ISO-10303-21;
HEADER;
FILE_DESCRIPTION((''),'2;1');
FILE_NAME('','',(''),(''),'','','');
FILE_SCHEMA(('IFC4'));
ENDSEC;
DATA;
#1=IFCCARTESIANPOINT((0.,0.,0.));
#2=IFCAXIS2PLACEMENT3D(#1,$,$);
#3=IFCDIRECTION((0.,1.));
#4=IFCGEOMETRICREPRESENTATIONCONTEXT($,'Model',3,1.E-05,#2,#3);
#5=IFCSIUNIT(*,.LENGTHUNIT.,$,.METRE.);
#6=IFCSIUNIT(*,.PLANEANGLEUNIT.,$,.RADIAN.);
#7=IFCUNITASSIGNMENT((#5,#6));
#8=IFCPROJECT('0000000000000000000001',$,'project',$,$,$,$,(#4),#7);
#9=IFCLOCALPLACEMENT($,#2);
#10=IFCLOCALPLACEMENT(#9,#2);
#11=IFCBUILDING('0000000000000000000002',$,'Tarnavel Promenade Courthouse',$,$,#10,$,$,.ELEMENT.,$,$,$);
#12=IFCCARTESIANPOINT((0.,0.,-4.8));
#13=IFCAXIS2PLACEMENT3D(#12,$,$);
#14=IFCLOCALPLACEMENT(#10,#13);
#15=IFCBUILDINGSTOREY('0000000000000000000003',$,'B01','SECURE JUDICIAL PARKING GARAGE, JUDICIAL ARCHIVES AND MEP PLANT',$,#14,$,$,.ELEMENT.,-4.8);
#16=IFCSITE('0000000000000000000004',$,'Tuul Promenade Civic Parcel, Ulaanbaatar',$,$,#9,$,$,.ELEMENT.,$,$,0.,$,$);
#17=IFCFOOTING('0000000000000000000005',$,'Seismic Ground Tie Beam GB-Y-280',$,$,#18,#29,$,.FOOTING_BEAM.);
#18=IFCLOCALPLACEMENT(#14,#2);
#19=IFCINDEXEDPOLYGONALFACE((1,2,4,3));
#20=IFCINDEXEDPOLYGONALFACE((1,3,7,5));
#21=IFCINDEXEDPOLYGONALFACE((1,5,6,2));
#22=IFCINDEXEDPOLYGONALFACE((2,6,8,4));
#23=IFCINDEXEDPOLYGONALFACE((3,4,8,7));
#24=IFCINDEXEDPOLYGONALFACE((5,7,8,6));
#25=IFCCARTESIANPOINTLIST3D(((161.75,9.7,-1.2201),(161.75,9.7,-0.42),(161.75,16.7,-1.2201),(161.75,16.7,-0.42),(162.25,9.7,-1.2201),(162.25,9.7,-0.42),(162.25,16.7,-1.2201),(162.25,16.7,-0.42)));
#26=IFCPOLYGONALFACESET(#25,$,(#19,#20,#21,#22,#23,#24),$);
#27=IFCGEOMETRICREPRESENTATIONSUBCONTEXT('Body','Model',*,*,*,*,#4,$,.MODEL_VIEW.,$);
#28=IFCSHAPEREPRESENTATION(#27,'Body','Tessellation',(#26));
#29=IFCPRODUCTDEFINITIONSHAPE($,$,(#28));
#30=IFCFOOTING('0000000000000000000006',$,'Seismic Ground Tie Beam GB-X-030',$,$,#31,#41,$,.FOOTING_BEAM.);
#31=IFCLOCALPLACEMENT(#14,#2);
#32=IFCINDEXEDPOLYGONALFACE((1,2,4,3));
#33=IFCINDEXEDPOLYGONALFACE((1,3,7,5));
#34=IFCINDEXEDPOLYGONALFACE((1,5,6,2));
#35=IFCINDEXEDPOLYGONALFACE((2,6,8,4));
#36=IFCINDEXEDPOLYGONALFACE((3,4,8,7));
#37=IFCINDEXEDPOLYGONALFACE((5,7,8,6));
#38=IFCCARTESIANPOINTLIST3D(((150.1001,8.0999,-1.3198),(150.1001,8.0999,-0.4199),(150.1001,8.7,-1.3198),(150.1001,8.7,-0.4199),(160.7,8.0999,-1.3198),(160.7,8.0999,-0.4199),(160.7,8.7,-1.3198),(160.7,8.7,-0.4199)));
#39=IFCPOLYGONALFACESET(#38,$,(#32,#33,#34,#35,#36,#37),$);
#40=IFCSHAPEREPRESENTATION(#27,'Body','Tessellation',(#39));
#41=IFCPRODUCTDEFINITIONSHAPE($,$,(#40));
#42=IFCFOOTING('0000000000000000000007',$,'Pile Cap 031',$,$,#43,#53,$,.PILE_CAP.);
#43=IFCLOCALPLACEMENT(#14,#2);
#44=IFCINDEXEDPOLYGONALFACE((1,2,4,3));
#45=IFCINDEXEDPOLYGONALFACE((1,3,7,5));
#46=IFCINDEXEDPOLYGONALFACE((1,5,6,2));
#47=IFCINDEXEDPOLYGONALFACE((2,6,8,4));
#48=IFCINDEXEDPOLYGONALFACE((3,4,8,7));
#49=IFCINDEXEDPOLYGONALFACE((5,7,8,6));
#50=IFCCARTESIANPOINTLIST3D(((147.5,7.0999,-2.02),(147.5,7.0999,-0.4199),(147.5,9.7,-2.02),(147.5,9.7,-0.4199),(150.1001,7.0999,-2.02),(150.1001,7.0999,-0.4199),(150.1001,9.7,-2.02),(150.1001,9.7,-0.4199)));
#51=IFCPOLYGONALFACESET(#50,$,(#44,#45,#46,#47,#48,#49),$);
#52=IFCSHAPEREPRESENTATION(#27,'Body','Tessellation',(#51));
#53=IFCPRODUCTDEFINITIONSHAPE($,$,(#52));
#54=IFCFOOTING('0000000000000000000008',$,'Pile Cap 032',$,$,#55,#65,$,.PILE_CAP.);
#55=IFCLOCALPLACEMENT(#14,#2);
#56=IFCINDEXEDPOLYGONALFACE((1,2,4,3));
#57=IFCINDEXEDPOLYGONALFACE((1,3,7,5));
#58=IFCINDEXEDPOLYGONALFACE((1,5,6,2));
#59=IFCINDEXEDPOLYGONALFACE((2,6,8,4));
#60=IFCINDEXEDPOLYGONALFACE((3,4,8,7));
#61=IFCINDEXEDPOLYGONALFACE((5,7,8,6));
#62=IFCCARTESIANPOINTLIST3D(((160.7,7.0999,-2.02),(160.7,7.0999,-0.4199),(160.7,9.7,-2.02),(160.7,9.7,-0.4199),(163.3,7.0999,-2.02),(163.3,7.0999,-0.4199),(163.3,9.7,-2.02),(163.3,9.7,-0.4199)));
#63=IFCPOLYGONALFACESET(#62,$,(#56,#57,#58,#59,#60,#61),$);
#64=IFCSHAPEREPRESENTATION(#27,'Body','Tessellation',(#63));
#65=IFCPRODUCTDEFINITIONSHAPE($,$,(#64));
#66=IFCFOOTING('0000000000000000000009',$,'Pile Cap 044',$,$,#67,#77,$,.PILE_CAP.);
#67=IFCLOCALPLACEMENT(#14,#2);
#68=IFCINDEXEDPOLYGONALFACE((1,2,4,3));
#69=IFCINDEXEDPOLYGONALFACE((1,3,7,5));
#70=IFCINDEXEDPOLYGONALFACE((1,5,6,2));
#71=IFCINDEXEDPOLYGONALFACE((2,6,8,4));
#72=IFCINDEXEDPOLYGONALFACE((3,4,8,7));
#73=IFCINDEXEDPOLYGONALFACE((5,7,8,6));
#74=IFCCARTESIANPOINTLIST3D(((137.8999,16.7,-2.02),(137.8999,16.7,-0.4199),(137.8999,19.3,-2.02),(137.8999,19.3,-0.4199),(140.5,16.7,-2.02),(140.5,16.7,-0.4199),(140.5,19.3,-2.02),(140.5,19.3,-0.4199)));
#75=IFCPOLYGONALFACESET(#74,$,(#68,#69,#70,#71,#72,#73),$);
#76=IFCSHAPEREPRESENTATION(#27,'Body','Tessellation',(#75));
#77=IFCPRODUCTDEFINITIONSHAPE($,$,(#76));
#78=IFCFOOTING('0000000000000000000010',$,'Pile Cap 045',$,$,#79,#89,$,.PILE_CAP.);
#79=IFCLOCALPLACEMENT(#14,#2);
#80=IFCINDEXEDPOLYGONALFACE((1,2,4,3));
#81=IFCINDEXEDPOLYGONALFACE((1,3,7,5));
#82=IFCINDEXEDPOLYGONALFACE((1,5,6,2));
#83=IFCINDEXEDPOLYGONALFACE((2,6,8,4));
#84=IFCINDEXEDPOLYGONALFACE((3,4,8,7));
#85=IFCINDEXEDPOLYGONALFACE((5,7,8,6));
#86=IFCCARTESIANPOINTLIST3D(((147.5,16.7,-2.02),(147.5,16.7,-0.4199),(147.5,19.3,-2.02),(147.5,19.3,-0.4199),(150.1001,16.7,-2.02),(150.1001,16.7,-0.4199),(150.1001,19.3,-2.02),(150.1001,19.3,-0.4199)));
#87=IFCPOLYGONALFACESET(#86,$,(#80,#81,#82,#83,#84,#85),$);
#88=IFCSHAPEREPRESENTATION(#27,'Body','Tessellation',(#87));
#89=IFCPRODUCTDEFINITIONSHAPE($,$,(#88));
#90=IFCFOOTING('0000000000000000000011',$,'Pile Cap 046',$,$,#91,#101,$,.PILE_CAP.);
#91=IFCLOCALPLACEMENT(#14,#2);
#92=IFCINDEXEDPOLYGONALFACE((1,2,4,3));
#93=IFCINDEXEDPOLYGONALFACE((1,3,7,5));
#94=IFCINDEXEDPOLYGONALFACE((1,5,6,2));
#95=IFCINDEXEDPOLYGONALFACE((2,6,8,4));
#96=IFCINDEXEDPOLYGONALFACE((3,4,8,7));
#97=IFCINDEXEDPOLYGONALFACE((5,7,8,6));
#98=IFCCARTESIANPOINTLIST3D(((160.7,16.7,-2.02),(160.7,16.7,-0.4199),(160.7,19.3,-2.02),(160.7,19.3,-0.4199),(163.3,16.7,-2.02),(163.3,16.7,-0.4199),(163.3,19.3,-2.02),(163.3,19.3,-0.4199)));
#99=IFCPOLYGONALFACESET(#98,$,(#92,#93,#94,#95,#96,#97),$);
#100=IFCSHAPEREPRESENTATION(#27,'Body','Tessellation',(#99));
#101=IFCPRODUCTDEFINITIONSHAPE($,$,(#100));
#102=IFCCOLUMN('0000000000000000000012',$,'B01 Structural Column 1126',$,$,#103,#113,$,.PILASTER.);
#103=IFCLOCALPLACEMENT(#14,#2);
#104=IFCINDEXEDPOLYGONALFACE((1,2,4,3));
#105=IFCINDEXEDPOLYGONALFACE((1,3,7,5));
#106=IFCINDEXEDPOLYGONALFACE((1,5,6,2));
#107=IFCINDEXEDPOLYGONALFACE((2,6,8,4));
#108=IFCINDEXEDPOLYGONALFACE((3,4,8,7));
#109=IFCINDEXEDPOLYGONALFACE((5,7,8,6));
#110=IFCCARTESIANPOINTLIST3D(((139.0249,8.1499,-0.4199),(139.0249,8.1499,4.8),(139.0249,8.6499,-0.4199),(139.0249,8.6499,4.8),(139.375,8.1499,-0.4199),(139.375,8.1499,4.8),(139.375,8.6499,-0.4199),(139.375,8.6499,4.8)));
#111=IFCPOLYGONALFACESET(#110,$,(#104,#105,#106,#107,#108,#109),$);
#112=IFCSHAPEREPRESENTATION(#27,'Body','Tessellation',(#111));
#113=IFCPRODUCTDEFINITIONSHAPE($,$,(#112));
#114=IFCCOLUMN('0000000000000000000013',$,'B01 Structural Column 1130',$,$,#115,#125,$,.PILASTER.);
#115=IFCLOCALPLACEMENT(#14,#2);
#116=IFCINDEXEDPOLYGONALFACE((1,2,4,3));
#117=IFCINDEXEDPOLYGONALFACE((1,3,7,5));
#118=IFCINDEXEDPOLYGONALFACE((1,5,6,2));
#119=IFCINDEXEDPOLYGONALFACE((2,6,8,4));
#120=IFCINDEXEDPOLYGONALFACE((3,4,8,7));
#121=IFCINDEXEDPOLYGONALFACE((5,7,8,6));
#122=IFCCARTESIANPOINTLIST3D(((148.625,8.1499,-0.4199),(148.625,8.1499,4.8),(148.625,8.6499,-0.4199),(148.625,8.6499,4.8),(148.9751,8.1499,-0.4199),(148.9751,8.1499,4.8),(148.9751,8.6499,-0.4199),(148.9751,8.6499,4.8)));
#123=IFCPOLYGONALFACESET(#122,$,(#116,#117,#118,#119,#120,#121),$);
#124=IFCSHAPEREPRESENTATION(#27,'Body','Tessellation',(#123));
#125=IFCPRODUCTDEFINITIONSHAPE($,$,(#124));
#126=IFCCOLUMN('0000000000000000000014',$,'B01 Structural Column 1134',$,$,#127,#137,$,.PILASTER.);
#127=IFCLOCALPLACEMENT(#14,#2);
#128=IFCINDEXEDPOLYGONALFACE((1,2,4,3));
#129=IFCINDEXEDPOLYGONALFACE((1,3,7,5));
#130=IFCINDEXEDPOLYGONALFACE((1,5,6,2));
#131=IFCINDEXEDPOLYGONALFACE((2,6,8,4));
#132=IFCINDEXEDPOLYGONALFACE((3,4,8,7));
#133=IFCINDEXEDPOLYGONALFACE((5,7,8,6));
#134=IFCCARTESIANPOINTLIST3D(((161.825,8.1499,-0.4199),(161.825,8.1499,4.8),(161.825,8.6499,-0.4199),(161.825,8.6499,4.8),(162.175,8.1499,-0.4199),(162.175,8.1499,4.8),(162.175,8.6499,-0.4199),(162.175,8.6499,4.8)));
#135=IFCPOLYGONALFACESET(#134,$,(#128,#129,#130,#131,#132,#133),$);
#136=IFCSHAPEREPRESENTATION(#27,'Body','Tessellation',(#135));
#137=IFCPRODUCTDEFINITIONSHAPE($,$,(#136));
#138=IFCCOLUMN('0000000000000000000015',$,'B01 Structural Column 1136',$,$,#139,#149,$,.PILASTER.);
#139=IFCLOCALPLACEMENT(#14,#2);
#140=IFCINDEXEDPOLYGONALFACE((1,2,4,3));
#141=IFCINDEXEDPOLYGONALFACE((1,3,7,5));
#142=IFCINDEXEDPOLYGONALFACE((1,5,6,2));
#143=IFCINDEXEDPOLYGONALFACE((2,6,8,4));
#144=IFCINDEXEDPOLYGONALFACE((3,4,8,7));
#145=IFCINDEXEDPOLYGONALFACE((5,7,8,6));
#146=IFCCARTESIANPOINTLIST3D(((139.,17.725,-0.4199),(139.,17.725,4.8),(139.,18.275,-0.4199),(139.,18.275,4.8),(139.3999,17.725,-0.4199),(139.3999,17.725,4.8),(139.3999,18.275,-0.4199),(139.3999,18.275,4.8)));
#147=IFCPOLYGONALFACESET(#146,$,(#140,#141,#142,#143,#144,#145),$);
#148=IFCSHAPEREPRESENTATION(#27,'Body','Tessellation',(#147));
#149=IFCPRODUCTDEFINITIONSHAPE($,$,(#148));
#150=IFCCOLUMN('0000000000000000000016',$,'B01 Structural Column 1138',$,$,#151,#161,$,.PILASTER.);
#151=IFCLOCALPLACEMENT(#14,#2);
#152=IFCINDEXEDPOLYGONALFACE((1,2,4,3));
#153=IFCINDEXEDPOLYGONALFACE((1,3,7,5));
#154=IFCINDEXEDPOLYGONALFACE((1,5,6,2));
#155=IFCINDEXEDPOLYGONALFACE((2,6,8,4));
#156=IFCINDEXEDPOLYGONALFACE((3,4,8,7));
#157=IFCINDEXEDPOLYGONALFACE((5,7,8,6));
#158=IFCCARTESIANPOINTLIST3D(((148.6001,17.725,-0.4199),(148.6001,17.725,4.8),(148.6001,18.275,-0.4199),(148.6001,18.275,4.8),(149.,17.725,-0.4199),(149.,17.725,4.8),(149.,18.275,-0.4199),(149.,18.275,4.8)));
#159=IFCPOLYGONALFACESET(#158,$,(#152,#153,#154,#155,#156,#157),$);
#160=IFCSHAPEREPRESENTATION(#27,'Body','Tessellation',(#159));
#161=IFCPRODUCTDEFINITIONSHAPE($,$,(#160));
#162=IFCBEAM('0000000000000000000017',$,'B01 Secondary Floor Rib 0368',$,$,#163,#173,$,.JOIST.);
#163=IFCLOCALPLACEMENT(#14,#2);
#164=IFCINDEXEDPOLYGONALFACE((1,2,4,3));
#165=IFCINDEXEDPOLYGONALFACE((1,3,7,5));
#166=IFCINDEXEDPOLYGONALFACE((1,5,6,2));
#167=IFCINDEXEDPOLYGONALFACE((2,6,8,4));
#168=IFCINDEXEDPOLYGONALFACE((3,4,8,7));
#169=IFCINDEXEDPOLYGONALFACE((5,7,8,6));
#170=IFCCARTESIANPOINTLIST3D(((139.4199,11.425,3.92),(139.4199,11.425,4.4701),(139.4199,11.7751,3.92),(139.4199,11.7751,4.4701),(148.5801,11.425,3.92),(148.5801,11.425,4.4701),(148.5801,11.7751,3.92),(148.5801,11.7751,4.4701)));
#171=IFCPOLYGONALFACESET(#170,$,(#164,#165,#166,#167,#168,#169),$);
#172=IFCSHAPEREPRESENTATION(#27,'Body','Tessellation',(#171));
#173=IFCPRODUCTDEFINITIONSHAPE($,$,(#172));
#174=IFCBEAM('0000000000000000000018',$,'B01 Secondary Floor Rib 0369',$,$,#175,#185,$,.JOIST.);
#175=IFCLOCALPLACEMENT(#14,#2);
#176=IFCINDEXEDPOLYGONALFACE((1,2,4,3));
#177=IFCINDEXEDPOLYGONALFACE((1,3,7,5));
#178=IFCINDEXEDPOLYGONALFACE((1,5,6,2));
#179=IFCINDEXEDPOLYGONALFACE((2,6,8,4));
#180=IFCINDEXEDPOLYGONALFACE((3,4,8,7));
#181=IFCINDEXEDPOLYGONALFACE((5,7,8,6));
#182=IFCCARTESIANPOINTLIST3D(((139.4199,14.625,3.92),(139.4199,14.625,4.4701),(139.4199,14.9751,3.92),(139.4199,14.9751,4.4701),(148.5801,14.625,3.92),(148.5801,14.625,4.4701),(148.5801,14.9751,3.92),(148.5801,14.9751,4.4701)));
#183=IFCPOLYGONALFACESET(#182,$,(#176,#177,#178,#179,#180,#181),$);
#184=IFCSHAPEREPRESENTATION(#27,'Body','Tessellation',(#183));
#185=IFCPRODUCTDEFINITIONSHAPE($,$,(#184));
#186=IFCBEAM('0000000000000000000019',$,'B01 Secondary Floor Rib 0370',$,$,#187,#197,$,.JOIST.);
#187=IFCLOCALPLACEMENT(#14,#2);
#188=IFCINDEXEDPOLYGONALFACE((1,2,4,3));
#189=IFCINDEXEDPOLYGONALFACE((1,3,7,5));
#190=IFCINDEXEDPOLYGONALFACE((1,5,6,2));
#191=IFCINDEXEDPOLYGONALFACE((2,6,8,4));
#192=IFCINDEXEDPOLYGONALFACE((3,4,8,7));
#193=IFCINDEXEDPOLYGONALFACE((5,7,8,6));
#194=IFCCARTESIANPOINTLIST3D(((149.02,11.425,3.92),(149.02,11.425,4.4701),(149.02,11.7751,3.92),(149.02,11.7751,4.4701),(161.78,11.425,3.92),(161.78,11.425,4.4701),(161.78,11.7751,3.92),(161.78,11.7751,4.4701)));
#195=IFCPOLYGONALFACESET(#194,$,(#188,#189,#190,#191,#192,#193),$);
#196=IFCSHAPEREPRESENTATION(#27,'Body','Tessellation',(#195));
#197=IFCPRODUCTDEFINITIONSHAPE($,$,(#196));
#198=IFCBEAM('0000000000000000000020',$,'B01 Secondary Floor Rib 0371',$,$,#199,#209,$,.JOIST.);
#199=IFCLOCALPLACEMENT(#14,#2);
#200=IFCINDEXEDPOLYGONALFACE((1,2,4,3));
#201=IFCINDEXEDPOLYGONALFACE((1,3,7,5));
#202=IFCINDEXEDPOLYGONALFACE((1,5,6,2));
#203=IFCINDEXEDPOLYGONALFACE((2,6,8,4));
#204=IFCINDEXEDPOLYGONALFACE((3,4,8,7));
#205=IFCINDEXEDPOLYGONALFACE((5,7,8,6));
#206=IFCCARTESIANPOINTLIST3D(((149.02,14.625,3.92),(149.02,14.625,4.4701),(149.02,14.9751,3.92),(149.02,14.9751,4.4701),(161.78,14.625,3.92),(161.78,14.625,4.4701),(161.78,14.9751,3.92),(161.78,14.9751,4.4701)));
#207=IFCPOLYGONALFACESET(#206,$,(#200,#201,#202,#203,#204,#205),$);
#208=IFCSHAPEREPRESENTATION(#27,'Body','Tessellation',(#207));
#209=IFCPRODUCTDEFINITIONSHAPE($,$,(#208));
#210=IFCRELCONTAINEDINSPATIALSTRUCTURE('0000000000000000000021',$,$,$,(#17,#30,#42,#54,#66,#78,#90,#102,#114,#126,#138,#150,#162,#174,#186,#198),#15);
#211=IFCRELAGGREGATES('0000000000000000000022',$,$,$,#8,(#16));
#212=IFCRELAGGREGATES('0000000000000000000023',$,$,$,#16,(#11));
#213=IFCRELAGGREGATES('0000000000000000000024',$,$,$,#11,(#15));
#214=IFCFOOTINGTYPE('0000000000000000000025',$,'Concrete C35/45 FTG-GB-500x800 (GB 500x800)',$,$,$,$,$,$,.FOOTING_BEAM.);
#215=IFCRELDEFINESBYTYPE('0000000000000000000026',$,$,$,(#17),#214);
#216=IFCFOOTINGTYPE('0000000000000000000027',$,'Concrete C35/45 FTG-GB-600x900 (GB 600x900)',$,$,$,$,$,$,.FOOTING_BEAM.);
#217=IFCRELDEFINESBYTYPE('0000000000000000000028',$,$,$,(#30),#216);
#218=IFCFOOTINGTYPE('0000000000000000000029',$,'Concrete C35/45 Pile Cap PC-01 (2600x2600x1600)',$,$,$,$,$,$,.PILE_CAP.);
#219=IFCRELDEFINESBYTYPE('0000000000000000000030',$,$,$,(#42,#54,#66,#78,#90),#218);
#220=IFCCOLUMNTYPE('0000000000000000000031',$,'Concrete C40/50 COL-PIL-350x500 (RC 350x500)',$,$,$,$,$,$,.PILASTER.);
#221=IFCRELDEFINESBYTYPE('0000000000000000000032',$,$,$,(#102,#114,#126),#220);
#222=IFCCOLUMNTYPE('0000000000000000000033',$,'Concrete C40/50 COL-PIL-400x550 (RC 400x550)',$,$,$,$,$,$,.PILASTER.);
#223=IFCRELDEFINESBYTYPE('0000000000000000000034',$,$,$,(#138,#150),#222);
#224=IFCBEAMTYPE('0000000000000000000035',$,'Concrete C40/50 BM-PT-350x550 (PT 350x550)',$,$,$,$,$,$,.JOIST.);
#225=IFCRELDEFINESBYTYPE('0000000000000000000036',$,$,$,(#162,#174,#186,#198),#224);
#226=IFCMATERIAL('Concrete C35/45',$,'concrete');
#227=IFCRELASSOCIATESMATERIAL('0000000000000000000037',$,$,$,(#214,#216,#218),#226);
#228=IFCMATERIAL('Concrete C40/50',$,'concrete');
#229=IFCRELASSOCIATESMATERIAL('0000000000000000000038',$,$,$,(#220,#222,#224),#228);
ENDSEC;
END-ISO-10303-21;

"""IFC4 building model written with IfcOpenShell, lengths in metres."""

from ifc_helpers import new_model, si_unit, direction, frame, origin, origin_2d, place, context, subcontext, project, spatial, rectangle, extrude, material, material_profile, profile_set, type_object, element, save


model = new_model("IFC4")

# Units and contexts
model_context = context("Model", 3, precision=1e-05, world=origin(), true_north=direction((0.0, 1.0)))
body_context = subcontext(model_context, "Body", "Model", "MODEL_VIEW")
ifc_project = project(units=[si_unit("LENGTHUNIT", "METRE"), si_unit("PLANEANGLEUNIT", "RADIAN")], contexts=[model_context])

# Site, building, storey
site_placement = place(None, origin())
site = spatial("IfcSite", under=ifc_project, at=site_placement, Name="Tuul Promenade Civic Parcel, Ulaanbaatar", CompositionType="ELEMENT", RefElevation=0.0)
building_placement = place(site_placement, origin())
building = spatial("IfcBuilding", under=site, at=building_placement, Name="Tarnavel Promenade Courthouse", CompositionType="ELEMENT")
storey_placement = place(building_placement, frame((0.0, 0.0, -4.8)))
storey = spatial("IfcBuildingStorey", under=building, at=storey_placement, Name="B01", Description="SECURE JUDICIAL PARKING GARAGE, JUDICIAL ARCHIVES AND MEP PLANT", CompositionType="ELEMENT", Elevation=-4.8)

# Footings
ifc_material_1 = material(Name="Concrete C35/45", Category="concrete")
ifc_material_profile_1 = material_profile(ifc_material_1, rectangle(XDim=0.5, YDim=0.8, at=origin_2d()), Name="GB 500x800")
ifc_profile_set_1 = profile_set([ifc_material_profile_1], Name="Concrete C35/45")
footing_type_1 = type_object("IfcFootingType", Name="Concrete C35/45 FTG-GB-500x800 (GB 500x800)", PredefinedType="FOOTING_BEAM", material=ifc_profile_set_1)
for number, where, z_axis, x_axis, name in (
    (1, (162.0, 9.7, -0.8201), (0.0, 1.0, 0.0), (-1.0, 0.0, 0.0), "Seismic Ground Tie Beam GB-Y-280"),
):
    element("IfcFooting", number, at=place(storey_placement, frame(where, z_axis=z_axis, x_axis=x_axis)), inside=storey, type_object=footing_type_1, Name=name, PredefinedType="FOOTING_BEAM", context=body_context, shape_type="SweptSolid", body=[
        extrude(rectangle(XDim=0.5, YDim=0.8, at=origin_2d()), origin(), (0.0, 0.0, 1.0), 7.0),
    ])
ifc_material_profile_2 = material_profile(ifc_material_1, rectangle(XDim=0.6001, YDim=0.8999, at=origin_2d()), Name="GB 600x900")
ifc_profile_set_2 = profile_set([ifc_material_profile_2], Name="Concrete C35/45")
footing_type_2 = type_object("IfcFootingType", Name="Concrete C35/45 FTG-GB-600x900 (GB 600x900)", PredefinedType="FOOTING_BEAM", material=ifc_profile_set_2)
footing_placement = place(storey_placement, frame((150.1001, 8.3999, -0.8699), z_axis=(1.0, 0.0, 0.0), x_axis=(0.0, 1.0, 0.0)))
element("IfcFooting", 2, at=footing_placement, inside=storey, type_object=footing_type_2, Name="Seismic Ground Tie Beam GB-X-030", PredefinedType="FOOTING_BEAM", context=body_context, shape_type="SweptSolid", body=[
    extrude(rectangle(XDim=0.6001, YDim=0.8999, at=origin_2d()), origin(), (0.0, 0.0, 1.0), 10.5999),
])
footing_type_3 = type_object("IfcFootingType", Name="Concrete C35/45 Pile Cap PC-01 (2600x2600x1600)", PredefinedType="PILE_CAP", material=ifc_material_1)
for number, where, z_axis, x_axis, name in (
    (3, (148.8, 8.3999, -2.02), (0.0, 0.0, 1.0), (1.0, 0.0, 0.0), "Pile Cap 031"),
    (4, (162.0, 8.3999, -2.02), (0.0, 0.0, 1.0), (1.0, 0.0, 0.0), "Pile Cap 032"),
    (5, (139.2, 18.0, -2.02), (0.0, 0.0, 1.0), (1.0, 0.0, 0.0), "Pile Cap 044"),
    (6, (148.8, 18.0, -2.02), (0.0, 0.0, 1.0), (1.0, 0.0, 0.0), "Pile Cap 045"),
    (7, (162.0, 18.0, -2.02), (0.0, 0.0, 1.0), (1.0, 0.0, 0.0), "Pile Cap 046"),
):
    element("IfcFooting", number, at=place(storey_placement, frame(where, z_axis=z_axis, x_axis=x_axis)), inside=storey, type_object=footing_type_3, Name=name, PredefinedType="PILE_CAP", context=body_context, shape_type="SweptSolid", body=[
        extrude(rectangle(XDim=2.6001, YDim=2.6001, at=origin_2d()), origin(), (0.0, 0.0, 1.0), 1.6001),
    ])

# Columns
ifc_material_2 = material(Name="Concrete C40/50", Category="concrete")
ifc_material_profile_3 = material_profile(ifc_material_2, rectangle(XDim=0.3501, YDim=0.5, at=origin_2d()), Name="RC 350x500")
ifc_profile_set_3 = profile_set([ifc_material_profile_3], Name="Concrete C40/50")
column_type_1 = type_object("IfcColumnType", Name="Concrete C40/50 COL-PIL-350x500 (RC 350x500)", PredefinedType="PILASTER", material=ifc_profile_set_3)
for number, where, z_axis, x_axis, name in (
    (8, (139.2, 8.3999, -0.4199), (0.0, 0.0, 1.0), (1.0, 0.0, 0.0), "B01 Structural Column 1126"),
    (9, (148.8, 8.3999, -0.4199), (0.0, 0.0, 1.0), (1.0, 0.0, 0.0), "B01 Structural Column 1130"),
    (10, (162.0, 8.3999, -0.4199), (0.0, 0.0, 1.0), (1.0, 0.0, 0.0), "B01 Structural Column 1134"),
):
    element("IfcColumn", number, at=place(storey_placement, frame(where, z_axis=z_axis, x_axis=x_axis)), inside=storey, type_object=column_type_1, Name=name, PredefinedType="PILASTER", context=body_context, shape_type="SweptSolid", body=[
        extrude(rectangle(XDim=0.3501, YDim=0.5, at=origin_2d()), origin(), (0.0, 0.0, 1.0), 5.22),
    ])
ifc_material_profile_4 = material_profile(ifc_material_2, rectangle(XDim=0.3999, YDim=0.55, at=origin_2d()), Name="RC 400x550")
ifc_profile_set_4 = profile_set([ifc_material_profile_4], Name="Concrete C40/50")
column_type_2 = type_object("IfcColumnType", Name="Concrete C40/50 COL-PIL-400x550 (RC 400x550)", PredefinedType="PILASTER", material=ifc_profile_set_4)
for number, where, z_axis, x_axis, name in (
    (11, (139.2, 18.0, -0.4199), (0.0, 0.0, 1.0), (1.0, 0.0, 0.0), "B01 Structural Column 1136"),
    (12, (148.8, 18.0, -0.4199), (0.0, 0.0, 1.0), (1.0, 0.0, 0.0), "B01 Structural Column 1138"),
):
    element("IfcColumn", number, at=place(storey_placement, frame(where, z_axis=z_axis, x_axis=x_axis)), inside=storey, type_object=column_type_2, Name=name, PredefinedType="PILASTER", context=body_context, shape_type="SweptSolid", body=[
        extrude(rectangle(XDim=0.3999, YDim=0.55, at=origin_2d()), origin(), (0.0, 0.0, 1.0), 5.22),
    ])

# Beams
ifc_material_profile_5 = material_profile(ifc_material_2, rectangle(XDim=0.3501, YDim=0.55, at=origin_2d()), Name="PT 350x550")
ifc_profile_set_5 = profile_set([ifc_material_profile_5], Name="Concrete C40/50")
beam_type_1 = type_object("IfcBeamType", Name="Concrete C40/50 BM-PT-350x550 (PT 350x550)", PredefinedType="JOIST", material=ifc_profile_set_5)
for number, where, z_axis, x_axis, name in (
    (13, (139.4199, 11.6001, 4.1951), (1.0, 0.0, 0.0), (0.0, 1.0, 0.0), "B01 Secondary Floor Rib 0368"),
    (14, (139.4199, 14.8, 4.1951), (1.0, 0.0, 0.0), (0.0, 1.0, 0.0), "B01 Secondary Floor Rib 0369"),
):
    element("IfcBeam", number, at=place(storey_placement, frame(where, z_axis=z_axis, x_axis=x_axis)), inside=storey, type_object=beam_type_1, Name=name, PredefinedType="JOIST", context=body_context, shape_type="SweptSolid", body=[
        extrude(rectangle(XDim=0.3501, YDim=0.55, at=origin_2d()), origin(), (0.0, 0.0, 1.0), 9.1602),
    ])
for number, where, z_axis, x_axis, name in (
    (15, (149.02, 11.6001, 4.1951), (1.0, 0.0, 0.0), (0.0, 1.0, 0.0), "B01 Secondary Floor Rib 0370"),
    (16, (149.02, 14.8, 4.1951), (1.0, 0.0, 0.0), (0.0, 1.0, 0.0), "B01 Secondary Floor Rib 0371"),
):
    element("IfcBeam", number, at=place(storey_placement, frame(where, z_axis=z_axis, x_axis=x_axis)), inside=storey, type_object=beam_type_1, Name=name, PredefinedType="JOIST", context=body_context, shape_type="SweptSolid", body=[
        extrude(rectangle(XDim=0.3501, YDim=0.55, at=origin_2d()), origin(), (0.0, 0.0, 1.0), 12.76),
    ])

save(model, "model.ifc")
